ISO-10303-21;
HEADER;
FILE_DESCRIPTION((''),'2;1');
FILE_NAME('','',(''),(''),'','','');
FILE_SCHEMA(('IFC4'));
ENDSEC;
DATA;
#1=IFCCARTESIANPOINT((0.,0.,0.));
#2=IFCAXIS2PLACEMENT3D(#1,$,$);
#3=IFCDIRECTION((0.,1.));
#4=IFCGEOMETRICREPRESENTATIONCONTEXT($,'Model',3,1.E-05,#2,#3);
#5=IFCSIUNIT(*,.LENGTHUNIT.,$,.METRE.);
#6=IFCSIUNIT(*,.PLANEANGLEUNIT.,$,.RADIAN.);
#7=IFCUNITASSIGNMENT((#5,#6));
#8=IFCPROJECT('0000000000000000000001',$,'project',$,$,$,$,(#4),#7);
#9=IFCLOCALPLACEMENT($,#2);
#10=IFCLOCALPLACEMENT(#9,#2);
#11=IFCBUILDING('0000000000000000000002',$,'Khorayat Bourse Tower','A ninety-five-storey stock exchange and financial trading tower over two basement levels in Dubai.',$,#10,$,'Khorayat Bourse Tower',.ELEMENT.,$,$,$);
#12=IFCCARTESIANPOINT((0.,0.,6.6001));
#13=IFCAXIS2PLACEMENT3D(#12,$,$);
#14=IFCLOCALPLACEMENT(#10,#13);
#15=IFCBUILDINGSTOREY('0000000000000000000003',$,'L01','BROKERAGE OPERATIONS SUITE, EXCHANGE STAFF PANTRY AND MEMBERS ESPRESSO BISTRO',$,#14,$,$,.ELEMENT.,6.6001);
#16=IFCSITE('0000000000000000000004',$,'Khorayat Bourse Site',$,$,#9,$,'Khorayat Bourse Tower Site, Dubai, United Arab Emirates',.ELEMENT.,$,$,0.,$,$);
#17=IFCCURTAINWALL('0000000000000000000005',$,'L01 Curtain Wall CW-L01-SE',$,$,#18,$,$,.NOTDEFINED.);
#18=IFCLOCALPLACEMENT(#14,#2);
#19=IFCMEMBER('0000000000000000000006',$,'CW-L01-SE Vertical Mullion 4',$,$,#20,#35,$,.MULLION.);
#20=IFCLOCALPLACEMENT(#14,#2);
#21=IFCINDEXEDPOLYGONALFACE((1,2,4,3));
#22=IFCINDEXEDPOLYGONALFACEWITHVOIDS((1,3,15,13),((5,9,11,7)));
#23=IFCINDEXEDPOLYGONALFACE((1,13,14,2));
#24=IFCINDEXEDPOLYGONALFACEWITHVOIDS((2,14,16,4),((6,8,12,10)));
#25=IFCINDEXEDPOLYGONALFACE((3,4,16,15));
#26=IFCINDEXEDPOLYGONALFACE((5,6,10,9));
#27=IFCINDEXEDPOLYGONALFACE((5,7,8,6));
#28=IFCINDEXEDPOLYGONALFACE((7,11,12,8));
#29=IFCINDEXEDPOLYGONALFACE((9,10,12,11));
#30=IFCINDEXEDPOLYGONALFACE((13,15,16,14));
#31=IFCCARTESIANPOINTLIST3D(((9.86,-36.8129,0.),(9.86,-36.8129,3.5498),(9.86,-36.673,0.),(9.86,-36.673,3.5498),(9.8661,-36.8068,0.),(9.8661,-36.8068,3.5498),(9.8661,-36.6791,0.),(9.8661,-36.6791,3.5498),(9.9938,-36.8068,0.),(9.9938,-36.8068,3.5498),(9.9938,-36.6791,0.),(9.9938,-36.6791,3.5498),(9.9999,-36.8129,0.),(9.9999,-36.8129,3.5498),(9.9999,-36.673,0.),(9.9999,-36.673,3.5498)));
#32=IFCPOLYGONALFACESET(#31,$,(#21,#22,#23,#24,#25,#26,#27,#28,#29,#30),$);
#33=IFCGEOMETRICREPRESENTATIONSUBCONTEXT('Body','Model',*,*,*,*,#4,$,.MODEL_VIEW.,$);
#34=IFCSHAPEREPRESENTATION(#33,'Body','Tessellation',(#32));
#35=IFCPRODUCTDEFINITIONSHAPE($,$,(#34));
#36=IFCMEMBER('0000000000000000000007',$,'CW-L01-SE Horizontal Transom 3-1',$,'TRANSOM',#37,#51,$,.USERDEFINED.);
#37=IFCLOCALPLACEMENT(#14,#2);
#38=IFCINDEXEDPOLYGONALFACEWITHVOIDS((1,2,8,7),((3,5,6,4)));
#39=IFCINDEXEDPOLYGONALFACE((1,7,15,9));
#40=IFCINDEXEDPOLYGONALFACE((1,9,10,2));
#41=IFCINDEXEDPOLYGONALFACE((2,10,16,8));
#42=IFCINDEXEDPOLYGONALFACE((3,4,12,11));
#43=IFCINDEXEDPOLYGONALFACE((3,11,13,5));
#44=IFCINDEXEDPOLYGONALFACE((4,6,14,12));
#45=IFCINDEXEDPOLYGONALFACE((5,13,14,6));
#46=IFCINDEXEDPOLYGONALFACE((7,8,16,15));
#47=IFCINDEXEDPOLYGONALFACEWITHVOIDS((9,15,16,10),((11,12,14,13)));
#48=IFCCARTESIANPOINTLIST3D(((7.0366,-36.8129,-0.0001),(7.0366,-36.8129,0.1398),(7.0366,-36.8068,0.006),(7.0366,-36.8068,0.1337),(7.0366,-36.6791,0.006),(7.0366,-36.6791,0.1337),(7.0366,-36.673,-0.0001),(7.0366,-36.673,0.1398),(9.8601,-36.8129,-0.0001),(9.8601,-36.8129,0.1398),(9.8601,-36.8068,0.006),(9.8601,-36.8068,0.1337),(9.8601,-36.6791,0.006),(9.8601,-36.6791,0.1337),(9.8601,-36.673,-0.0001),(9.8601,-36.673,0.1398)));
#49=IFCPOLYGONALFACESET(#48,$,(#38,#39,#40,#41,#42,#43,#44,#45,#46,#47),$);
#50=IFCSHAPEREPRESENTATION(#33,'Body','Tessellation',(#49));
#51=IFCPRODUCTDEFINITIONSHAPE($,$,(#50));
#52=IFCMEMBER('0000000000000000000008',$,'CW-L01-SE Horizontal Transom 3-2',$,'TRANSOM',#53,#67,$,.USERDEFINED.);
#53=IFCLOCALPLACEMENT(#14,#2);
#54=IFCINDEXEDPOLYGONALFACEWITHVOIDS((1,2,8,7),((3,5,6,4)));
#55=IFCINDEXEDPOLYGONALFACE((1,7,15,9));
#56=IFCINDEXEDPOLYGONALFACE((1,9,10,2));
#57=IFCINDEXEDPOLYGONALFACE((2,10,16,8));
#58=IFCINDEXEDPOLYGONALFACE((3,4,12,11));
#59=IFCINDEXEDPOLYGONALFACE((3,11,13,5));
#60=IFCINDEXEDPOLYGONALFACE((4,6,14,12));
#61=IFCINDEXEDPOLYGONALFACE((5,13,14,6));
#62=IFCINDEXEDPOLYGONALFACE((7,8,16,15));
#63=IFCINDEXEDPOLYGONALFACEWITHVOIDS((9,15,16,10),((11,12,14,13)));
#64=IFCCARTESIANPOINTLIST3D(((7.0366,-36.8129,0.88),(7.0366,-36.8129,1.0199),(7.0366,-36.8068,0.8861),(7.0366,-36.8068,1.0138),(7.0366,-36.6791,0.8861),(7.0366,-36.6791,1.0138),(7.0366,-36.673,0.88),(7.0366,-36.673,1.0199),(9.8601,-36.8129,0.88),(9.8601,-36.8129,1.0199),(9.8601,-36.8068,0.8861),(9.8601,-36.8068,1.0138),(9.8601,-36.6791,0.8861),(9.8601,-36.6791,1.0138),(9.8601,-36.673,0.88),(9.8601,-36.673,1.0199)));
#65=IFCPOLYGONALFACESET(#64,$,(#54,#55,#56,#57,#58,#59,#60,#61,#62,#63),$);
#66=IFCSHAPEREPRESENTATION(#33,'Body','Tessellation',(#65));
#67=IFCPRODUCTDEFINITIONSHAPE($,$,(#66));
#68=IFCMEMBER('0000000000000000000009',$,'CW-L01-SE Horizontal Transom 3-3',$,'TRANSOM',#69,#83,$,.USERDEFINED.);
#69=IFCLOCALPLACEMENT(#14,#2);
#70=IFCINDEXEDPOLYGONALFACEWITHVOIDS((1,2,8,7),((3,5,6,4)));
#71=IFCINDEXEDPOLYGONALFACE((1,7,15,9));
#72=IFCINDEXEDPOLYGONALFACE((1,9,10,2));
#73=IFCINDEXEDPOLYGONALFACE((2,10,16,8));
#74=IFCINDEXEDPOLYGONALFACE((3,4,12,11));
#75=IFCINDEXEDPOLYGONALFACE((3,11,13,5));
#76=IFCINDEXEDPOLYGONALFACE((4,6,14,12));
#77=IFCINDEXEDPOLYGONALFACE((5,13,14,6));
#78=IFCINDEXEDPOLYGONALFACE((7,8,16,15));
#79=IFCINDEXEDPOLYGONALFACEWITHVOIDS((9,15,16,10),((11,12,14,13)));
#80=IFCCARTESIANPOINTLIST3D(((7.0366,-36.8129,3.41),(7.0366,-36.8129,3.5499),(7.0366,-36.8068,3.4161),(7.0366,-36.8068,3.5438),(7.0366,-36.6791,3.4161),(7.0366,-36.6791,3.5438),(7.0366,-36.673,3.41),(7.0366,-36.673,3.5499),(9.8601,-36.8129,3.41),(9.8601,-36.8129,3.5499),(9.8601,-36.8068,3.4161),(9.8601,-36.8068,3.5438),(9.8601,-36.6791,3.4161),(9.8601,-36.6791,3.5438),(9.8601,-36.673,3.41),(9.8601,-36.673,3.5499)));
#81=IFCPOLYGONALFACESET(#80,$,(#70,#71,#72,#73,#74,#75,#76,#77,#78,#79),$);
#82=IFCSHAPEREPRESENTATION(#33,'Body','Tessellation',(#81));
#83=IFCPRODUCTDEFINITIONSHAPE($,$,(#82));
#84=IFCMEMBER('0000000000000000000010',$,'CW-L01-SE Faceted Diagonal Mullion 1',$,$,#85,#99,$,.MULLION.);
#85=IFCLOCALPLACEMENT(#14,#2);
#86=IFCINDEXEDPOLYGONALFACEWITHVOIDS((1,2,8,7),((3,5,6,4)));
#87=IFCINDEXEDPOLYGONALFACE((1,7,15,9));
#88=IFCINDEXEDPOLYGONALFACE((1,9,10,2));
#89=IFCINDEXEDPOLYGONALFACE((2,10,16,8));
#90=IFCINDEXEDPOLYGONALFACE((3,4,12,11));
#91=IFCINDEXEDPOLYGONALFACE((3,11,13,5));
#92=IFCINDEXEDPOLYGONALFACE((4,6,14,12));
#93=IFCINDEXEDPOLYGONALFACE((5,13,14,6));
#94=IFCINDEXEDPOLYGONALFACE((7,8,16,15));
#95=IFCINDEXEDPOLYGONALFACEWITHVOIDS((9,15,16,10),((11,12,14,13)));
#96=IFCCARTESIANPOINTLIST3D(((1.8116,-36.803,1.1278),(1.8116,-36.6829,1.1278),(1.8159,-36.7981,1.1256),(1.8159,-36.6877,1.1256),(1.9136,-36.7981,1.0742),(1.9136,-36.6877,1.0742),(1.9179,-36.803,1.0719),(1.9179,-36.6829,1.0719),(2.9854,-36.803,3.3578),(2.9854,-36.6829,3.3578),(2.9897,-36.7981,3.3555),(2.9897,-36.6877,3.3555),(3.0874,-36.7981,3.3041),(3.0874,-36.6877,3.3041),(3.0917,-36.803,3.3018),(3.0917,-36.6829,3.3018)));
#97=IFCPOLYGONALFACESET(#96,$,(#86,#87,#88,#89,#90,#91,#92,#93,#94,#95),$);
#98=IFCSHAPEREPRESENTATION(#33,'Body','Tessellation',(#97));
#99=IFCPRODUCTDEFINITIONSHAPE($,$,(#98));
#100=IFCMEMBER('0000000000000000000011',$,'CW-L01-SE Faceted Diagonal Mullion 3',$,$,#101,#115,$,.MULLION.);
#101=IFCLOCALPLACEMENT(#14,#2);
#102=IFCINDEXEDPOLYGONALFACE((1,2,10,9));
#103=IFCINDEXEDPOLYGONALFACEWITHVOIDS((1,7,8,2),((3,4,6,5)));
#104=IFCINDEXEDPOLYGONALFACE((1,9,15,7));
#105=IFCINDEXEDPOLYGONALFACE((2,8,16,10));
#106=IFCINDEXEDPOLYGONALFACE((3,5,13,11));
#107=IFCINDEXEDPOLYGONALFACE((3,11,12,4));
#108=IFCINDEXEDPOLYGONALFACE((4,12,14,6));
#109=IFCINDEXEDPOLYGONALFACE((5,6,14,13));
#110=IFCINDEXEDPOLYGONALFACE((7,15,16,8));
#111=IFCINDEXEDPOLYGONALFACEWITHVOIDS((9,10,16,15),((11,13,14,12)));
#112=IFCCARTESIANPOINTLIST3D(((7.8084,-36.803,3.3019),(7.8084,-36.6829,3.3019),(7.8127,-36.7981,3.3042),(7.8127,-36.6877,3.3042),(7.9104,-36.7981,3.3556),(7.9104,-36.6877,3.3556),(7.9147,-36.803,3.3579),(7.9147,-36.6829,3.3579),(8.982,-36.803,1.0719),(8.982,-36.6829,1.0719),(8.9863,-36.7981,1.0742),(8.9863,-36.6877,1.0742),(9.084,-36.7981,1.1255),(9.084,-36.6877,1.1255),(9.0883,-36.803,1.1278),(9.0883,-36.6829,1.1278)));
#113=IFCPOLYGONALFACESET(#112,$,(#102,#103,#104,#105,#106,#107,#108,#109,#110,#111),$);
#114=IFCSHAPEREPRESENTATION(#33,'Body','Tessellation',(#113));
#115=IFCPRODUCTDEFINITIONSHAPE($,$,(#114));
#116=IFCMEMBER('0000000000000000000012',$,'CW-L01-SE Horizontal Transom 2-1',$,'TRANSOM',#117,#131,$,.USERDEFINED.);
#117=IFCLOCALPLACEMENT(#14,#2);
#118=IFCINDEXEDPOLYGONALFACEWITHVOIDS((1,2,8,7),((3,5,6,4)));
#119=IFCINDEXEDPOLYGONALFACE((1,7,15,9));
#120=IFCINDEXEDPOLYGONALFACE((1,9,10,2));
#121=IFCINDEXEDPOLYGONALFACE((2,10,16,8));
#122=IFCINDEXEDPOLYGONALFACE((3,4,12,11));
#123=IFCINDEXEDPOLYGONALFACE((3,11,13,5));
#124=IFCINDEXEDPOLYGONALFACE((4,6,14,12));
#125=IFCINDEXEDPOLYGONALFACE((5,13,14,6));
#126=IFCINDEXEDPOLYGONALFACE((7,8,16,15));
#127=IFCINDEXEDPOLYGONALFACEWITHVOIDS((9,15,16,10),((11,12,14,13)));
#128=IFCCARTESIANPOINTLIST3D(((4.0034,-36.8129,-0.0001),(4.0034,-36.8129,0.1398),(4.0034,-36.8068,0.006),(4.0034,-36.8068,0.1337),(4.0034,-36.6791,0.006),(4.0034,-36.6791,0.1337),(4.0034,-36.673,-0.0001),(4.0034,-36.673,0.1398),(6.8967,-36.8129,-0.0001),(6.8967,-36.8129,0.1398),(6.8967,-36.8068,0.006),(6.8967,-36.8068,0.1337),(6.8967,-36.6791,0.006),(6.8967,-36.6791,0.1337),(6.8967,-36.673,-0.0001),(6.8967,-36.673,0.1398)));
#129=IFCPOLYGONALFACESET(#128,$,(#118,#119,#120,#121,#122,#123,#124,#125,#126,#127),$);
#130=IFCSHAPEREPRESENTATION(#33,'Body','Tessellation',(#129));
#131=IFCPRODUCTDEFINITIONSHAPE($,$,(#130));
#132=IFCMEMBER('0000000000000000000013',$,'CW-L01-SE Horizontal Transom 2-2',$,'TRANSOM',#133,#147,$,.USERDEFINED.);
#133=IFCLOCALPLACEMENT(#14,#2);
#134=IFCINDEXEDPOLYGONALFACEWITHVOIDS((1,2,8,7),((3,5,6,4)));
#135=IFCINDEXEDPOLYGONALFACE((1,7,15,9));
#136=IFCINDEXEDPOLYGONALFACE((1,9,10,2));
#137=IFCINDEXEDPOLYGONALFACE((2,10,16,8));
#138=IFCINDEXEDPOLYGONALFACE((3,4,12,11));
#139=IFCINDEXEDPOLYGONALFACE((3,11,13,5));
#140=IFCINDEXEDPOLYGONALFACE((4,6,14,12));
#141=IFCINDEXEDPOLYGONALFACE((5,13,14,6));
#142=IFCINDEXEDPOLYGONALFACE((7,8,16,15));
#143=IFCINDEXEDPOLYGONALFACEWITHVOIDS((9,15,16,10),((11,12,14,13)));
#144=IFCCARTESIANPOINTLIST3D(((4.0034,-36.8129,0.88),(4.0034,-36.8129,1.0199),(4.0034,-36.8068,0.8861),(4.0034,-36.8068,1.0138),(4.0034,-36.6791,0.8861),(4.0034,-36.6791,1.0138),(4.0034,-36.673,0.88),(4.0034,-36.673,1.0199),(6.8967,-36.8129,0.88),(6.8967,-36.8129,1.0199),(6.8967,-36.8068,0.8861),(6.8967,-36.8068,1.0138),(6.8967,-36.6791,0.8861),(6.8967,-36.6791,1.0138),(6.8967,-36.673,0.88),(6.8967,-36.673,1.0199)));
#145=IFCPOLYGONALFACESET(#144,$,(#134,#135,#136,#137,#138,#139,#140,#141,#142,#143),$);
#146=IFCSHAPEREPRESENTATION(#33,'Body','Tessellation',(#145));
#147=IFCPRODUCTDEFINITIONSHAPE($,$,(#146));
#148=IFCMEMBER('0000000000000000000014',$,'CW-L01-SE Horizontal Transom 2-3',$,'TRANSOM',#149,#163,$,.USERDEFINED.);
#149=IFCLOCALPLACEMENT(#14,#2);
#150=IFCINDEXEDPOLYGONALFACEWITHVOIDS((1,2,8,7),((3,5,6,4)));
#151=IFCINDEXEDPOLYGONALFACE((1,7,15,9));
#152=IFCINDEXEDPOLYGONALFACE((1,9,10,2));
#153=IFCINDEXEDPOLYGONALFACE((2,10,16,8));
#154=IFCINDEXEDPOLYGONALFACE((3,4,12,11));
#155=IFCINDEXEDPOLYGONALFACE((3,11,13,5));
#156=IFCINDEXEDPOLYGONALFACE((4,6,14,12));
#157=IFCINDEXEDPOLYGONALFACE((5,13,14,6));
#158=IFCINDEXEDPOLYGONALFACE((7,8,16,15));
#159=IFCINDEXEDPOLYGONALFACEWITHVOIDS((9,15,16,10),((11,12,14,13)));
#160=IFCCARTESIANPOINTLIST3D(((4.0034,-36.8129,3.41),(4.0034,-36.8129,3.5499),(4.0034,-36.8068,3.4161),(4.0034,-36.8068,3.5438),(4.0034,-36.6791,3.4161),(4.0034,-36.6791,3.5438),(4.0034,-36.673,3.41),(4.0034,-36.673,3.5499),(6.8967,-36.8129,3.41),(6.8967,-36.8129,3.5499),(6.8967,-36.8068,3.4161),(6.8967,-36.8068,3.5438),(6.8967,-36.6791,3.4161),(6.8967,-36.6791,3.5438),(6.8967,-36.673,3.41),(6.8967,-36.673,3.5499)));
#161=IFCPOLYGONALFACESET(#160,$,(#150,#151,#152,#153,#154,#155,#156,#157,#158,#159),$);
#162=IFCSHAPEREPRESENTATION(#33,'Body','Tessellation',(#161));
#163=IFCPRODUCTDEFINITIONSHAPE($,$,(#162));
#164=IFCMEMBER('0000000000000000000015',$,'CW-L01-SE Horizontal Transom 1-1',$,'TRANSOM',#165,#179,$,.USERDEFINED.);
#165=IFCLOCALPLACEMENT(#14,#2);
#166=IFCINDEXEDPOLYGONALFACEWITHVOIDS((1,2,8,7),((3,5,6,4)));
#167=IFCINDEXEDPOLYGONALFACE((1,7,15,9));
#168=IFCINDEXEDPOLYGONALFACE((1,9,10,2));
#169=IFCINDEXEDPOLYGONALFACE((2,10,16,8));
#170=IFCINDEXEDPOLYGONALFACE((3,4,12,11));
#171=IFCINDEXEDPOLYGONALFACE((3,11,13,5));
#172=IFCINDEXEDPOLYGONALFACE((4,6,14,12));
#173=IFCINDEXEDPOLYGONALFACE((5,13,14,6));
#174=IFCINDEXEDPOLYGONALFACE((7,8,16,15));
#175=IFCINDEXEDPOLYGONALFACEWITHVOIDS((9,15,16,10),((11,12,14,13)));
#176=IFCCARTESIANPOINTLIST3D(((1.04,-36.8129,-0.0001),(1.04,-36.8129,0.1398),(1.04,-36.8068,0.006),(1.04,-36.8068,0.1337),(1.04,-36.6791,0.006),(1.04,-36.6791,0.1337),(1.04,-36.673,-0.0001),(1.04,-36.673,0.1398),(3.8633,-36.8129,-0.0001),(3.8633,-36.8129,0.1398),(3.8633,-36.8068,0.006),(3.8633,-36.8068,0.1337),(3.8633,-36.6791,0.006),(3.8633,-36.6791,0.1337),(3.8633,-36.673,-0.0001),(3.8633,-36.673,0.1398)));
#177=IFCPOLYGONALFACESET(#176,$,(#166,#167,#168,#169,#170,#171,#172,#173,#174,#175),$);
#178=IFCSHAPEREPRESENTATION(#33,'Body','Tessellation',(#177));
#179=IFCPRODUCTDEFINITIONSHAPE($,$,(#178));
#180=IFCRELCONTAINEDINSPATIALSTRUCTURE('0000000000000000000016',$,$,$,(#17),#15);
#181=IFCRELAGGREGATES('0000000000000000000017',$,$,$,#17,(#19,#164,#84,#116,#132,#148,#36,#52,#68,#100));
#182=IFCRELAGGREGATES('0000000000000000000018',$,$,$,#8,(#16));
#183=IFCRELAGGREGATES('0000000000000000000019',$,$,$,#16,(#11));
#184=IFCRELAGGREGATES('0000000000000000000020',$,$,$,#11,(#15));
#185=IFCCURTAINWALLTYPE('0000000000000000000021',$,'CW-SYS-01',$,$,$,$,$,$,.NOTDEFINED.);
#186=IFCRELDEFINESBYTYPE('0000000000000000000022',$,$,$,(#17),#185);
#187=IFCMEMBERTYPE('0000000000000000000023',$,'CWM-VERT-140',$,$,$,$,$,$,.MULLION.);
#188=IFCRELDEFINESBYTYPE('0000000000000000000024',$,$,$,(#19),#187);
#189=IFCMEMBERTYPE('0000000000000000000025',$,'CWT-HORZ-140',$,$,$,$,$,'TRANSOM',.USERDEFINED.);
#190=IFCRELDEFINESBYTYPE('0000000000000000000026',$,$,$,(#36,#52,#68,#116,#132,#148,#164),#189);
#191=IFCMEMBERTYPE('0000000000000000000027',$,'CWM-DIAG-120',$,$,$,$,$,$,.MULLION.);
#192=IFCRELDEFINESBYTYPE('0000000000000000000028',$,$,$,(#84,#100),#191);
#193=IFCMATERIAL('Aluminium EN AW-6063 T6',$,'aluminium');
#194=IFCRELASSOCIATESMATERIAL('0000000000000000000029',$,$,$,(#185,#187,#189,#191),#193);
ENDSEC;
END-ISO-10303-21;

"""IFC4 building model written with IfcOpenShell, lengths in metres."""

from ifc_helpers import new_model, si_unit, direction, frame, origin, origin_2d, place, context, subcontext, project, spatial, hollow_rectangle, extrude, source, transform, mapped, material, material_profile, profile_set, type_object, element, aggregate, save


model = new_model("IFC4")

# Units and contexts
model_context = context("Model", 3, precision=1e-05, world=origin(), true_north=direction((0.0, 1.0)))
body_context = subcontext(model_context, "Body", "Model", "MODEL_VIEW")
ifc_project = project(units=[si_unit("LENGTHUNIT", "METRE"), si_unit("PLANEANGLEUNIT", "RADIAN")], contexts=[model_context])

# Site, building, storey
site_placement = place(None, origin())
site = spatial("IfcSite", under=ifc_project, at=site_placement, Name="Khorayat Bourse Site", LongName="Khorayat Bourse Tower Site, Dubai, United Arab Emirates", CompositionType="ELEMENT", RefElevation=0.0)
building_placement = place(site_placement, origin())
building = spatial("IfcBuilding", under=site, at=building_placement, Name="Khorayat Bourse Tower", Description="A ninety-five-storey stock exchange and financial trading tower over two basement levels in Dubai.", LongName="Khorayat Bourse Tower", CompositionType="ELEMENT")
storey_placement = place(building_placement, frame((0.0, 0.0, 6.6001)))
storey = spatial("IfcBuildingStorey", under=building, at=storey_placement, Name="L01", Description="BROKERAGE OPERATIONS SUITE, EXCHANGE STAFF PANTRY AND MEMBERS ESPRESSO BISTRO", CompositionType="ELEMENT", Elevation=6.6001)

# Shared definitions
ifc_material_1 = material(Name="Aluminium EN AW-6063 T6", Category="aluminium")
curtain_wall_type = type_object("IfcCurtainWallType", Name="CW-SYS-01", PredefinedType="NOTDEFINED", material=ifc_material_1)
ifc_material_profile_1 = material_profile(ifc_material_1, hollow_rectangle(XDim=0.1399, YDim=0.1399, WallThickness=0.0061, at=origin_2d()), Name="ALU 140x140x6")
ifc_profile_set_1 = profile_set([ifc_material_profile_1], Name="Aluminium EN AW-6063 T6")
member_type_1 = type_object("IfcMemberType", Name="CWM-VERT-140", PredefinedType="MULLION", material=ifc_profile_set_1)
shared_shape_1 = source(origin(), body_context, "Body", "SweptSolid", [
    extrude(hollow_rectangle(XDim=0.1399, YDim=0.1399, WallThickness=0.0061, at=origin_2d()), origin(), (0.0, 0.0, 1.0), 3.5498),
])

# Curtain wall, members
curtain_wall_1_placement = place(storey_placement, origin())
curtain_wall_1 = element("IfcCurtainWall", 1, at=curtain_wall_1_placement, inside=storey, type_object=curtain_wall_type, Name="L01 Curtain Wall CW-L01-SE", PredefinedType="NOTDEFINED")
member_1_placement = place(storey_placement, frame((9.9299, -36.7429, 0.0), z_axis=(0.0, 0.0, 1.0), x_axis=(0.0, 1.0, 0.0)))
member_1 = element("IfcMember", 2, at=member_1_placement, type_object=member_type_1, Name="CW-L01-SE Vertical Mullion 4", PredefinedType="MULLION", context=body_context, shape_type="MappedRepresentation", body=[
    mapped(shared_shape_1, transform((0.0, 0.0, 0.0), scale=1.0)),
])
ifc_material_profile_2 = material_profile(ifc_material_1, hollow_rectangle(XDim=0.1399, YDim=0.1399, WallThickness=0.0061, at=origin_2d()), Name="ALU 140x140x6")
ifc_profile_set_2 = profile_set([ifc_material_profile_2], Name="Aluminium EN AW-6063 T6")
member_type_2 = type_object("IfcMemberType", Name="CWT-HORZ-140", ElementType="TRANSOM", PredefinedType="USERDEFINED", material=ifc_profile_set_2)
shared_shape_2 = source(origin(), body_context, "Body", "SweptSolid", [
    extrude(hollow_rectangle(XDim=0.1399, YDim=0.1399, WallThickness=0.0061, at=origin_2d()), origin(), (0.0, 0.0, 1.0), 2.8235),
])
member_2_placement = place(storey_placement, frame((7.0366, -36.7429, 0.0698), z_axis=(1.0, 0.0, 0.0), x_axis=(0.0, 1.0, 0.0)))
member_2 = element("IfcMember", 3, at=member_2_placement, type_object=member_type_2, Name="CW-L01-SE Horizontal Transom 3-1", ObjectType="TRANSOM", PredefinedType="USERDEFINED", context=body_context, shape_type="MappedRepresentation", body=[
    mapped(shared_shape_2, transform((0.0, 0.0, 0.0), scale=1.0)),
])
member_3_placement = place(storey_placement, frame((7.0366, -36.7429, 0.95), z_axis=(1.0, 0.0, 0.0), x_axis=(0.0, 1.0, 0.0)))
member_3 = element("IfcMember", 4, at=member_3_placement, type_object=member_type_2, Name="CW-L01-SE Horizontal Transom 3-2", ObjectType="TRANSOM", PredefinedType="USERDEFINED", context=body_context, shape_type="MappedRepresentation", body=[
    mapped(shared_shape_2, transform((0.0, 0.0, 0.0), scale=1.0)),
])
member_4_placement = place(storey_placement, frame((7.0366, -36.7429, 3.48), z_axis=(1.0, 0.0, 0.0), x_axis=(0.0, 1.0, 0.0)))
member_4 = element("IfcMember", 5, at=member_4_placement, type_object=member_type_2, Name="CW-L01-SE Horizontal Transom 3-3", ObjectType="TRANSOM", PredefinedType="USERDEFINED", context=body_context, shape_type="MappedRepresentation", body=[
    mapped(shared_shape_2, transform((0.0, 0.0, 0.0), scale=1.0)),
])
ifc_material_profile_3 = material_profile(ifc_material_1, hollow_rectangle(XDim=0.1201, YDim=0.1201, WallThickness=0.0049, at=origin_2d()), Name="ALU 120x120x5")
ifc_profile_set_3 = profile_set([ifc_material_profile_3], Name="Aluminium EN AW-6063 T6")
member_type_3 = type_object("IfcMemberType", Name="CWM-DIAG-120", PredefinedType="MULLION", material=ifc_profile_set_3)
shared_shape_3 = source(origin(), body_context, "Body", "SweptSolid", [
    extrude(hollow_rectangle(XDim=0.1201, YDim=0.1201, WallThickness=0.0049, at=origin_2d()), origin(), (0.0, 0.0, 1.0), 2.52),
])
member_5_placement = place(storey_placement, frame((1.8647, -36.7429, 1.0999), z_axis=(0.465794, 0.0, 0.884893), x_axis=(0.0, 1.0, 0.0)))
member_5 = element("IfcMember", 6, at=member_5_placement, type_object=member_type_3, Name="CW-L01-SE Faceted Diagonal Mullion 1", PredefinedType="MULLION", context=body_context, shape_type="MappedRepresentation", body=[
    mapped(shared_shape_3, transform((0.0, 0.0, 0.0), scale=1.0)),
])
member_6_placement = place(storey_placement, frame((9.0352, -36.7429, 1.0999), z_axis=(-0.465718, 0.0, 0.884933), x_axis=(0.0, -1.0, 0.0)))
member_6 = element("IfcMember", 7, at=member_6_placement, type_object=member_type_3, Name="CW-L01-SE Faceted Diagonal Mullion 3", PredefinedType="MULLION", context=body_context, shape_type="MappedRepresentation", body=[
    mapped(shared_shape_3, transform((0.0, 0.0, 0.0), scale=1.0)),
])
shared_shape_4 = source(origin(), body_context, "Body", "SweptSolid", [
    extrude(hollow_rectangle(XDim=0.1399, YDim=0.1399, WallThickness=0.0061, at=origin_2d()), origin(), (0.0, 0.0, 1.0), 2.8933),
])
member_7_placement = place(storey_placement, frame((4.0034, -36.7429, 0.0698), z_axis=(1.0, 0.0, 0.0), x_axis=(0.0, 1.0, 0.0)))
member_7 = element("IfcMember", 8, at=member_7_placement, type_object=member_type_2, Name="CW-L01-SE Horizontal Transom 2-1", ObjectType="TRANSOM", PredefinedType="USERDEFINED", context=body_context, shape_type="MappedRepresentation", body=[
    mapped(shared_shape_4, transform((0.0, 0.0, 0.0), scale=1.0)),
])
member_8_placement = place(storey_placement, frame((4.0034, -36.7429, 0.95), z_axis=(1.0, 0.0, 0.0), x_axis=(0.0, 1.0, 0.0)))
member_8 = element("IfcMember", 9, at=member_8_placement, type_object=member_type_2, Name="CW-L01-SE Horizontal Transom 2-2", ObjectType="TRANSOM", PredefinedType="USERDEFINED", context=body_context, shape_type="MappedRepresentation", body=[
    mapped(shared_shape_4, transform((0.0, 0.0, 0.0), scale=1.0)),
])
member_9_placement = place(storey_placement, frame((4.0034, -36.7429, 3.48), z_axis=(1.0, 0.0, 0.0), x_axis=(0.0, 1.0, 0.0)))
member_9 = element("IfcMember", 10, at=member_9_placement, type_object=member_type_2, Name="CW-L01-SE Horizontal Transom 2-3", ObjectType="TRANSOM", PredefinedType="USERDEFINED", context=body_context, shape_type="MappedRepresentation", body=[
    mapped(shared_shape_4, transform((0.0, 0.0, 0.0), scale=1.0)),
])
shared_shape_5 = source(origin(), body_context, "Body", "SweptSolid", [
    extrude(hollow_rectangle(XDim=0.1399, YDim=0.1399, WallThickness=0.0061, at=origin_2d()), origin(), (0.0, 0.0, 1.0), 2.8232),
])
member_10_placement = place(storey_placement, frame((1.04, -36.7429, 0.0698), z_axis=(1.0, 0.0, 0.0), x_axis=(0.0, 1.0, 0.0)))
member_10 = element("IfcMember", 11, at=member_10_placement, type_object=member_type_2, Name="CW-L01-SE Horizontal Transom 1-1", ObjectType="TRANSOM", PredefinedType="USERDEFINED", context=body_context, shape_type="MappedRepresentation", body=[
    mapped(shared_shape_5, transform((0.0, 0.0, 0.0), scale=1.0)),
])
aggregate(curtain_wall_1, [member_1, member_10, member_5, member_7, member_8, member_9, member_2, member_3, member_4, member_6])

save(model, "model.ifc")
